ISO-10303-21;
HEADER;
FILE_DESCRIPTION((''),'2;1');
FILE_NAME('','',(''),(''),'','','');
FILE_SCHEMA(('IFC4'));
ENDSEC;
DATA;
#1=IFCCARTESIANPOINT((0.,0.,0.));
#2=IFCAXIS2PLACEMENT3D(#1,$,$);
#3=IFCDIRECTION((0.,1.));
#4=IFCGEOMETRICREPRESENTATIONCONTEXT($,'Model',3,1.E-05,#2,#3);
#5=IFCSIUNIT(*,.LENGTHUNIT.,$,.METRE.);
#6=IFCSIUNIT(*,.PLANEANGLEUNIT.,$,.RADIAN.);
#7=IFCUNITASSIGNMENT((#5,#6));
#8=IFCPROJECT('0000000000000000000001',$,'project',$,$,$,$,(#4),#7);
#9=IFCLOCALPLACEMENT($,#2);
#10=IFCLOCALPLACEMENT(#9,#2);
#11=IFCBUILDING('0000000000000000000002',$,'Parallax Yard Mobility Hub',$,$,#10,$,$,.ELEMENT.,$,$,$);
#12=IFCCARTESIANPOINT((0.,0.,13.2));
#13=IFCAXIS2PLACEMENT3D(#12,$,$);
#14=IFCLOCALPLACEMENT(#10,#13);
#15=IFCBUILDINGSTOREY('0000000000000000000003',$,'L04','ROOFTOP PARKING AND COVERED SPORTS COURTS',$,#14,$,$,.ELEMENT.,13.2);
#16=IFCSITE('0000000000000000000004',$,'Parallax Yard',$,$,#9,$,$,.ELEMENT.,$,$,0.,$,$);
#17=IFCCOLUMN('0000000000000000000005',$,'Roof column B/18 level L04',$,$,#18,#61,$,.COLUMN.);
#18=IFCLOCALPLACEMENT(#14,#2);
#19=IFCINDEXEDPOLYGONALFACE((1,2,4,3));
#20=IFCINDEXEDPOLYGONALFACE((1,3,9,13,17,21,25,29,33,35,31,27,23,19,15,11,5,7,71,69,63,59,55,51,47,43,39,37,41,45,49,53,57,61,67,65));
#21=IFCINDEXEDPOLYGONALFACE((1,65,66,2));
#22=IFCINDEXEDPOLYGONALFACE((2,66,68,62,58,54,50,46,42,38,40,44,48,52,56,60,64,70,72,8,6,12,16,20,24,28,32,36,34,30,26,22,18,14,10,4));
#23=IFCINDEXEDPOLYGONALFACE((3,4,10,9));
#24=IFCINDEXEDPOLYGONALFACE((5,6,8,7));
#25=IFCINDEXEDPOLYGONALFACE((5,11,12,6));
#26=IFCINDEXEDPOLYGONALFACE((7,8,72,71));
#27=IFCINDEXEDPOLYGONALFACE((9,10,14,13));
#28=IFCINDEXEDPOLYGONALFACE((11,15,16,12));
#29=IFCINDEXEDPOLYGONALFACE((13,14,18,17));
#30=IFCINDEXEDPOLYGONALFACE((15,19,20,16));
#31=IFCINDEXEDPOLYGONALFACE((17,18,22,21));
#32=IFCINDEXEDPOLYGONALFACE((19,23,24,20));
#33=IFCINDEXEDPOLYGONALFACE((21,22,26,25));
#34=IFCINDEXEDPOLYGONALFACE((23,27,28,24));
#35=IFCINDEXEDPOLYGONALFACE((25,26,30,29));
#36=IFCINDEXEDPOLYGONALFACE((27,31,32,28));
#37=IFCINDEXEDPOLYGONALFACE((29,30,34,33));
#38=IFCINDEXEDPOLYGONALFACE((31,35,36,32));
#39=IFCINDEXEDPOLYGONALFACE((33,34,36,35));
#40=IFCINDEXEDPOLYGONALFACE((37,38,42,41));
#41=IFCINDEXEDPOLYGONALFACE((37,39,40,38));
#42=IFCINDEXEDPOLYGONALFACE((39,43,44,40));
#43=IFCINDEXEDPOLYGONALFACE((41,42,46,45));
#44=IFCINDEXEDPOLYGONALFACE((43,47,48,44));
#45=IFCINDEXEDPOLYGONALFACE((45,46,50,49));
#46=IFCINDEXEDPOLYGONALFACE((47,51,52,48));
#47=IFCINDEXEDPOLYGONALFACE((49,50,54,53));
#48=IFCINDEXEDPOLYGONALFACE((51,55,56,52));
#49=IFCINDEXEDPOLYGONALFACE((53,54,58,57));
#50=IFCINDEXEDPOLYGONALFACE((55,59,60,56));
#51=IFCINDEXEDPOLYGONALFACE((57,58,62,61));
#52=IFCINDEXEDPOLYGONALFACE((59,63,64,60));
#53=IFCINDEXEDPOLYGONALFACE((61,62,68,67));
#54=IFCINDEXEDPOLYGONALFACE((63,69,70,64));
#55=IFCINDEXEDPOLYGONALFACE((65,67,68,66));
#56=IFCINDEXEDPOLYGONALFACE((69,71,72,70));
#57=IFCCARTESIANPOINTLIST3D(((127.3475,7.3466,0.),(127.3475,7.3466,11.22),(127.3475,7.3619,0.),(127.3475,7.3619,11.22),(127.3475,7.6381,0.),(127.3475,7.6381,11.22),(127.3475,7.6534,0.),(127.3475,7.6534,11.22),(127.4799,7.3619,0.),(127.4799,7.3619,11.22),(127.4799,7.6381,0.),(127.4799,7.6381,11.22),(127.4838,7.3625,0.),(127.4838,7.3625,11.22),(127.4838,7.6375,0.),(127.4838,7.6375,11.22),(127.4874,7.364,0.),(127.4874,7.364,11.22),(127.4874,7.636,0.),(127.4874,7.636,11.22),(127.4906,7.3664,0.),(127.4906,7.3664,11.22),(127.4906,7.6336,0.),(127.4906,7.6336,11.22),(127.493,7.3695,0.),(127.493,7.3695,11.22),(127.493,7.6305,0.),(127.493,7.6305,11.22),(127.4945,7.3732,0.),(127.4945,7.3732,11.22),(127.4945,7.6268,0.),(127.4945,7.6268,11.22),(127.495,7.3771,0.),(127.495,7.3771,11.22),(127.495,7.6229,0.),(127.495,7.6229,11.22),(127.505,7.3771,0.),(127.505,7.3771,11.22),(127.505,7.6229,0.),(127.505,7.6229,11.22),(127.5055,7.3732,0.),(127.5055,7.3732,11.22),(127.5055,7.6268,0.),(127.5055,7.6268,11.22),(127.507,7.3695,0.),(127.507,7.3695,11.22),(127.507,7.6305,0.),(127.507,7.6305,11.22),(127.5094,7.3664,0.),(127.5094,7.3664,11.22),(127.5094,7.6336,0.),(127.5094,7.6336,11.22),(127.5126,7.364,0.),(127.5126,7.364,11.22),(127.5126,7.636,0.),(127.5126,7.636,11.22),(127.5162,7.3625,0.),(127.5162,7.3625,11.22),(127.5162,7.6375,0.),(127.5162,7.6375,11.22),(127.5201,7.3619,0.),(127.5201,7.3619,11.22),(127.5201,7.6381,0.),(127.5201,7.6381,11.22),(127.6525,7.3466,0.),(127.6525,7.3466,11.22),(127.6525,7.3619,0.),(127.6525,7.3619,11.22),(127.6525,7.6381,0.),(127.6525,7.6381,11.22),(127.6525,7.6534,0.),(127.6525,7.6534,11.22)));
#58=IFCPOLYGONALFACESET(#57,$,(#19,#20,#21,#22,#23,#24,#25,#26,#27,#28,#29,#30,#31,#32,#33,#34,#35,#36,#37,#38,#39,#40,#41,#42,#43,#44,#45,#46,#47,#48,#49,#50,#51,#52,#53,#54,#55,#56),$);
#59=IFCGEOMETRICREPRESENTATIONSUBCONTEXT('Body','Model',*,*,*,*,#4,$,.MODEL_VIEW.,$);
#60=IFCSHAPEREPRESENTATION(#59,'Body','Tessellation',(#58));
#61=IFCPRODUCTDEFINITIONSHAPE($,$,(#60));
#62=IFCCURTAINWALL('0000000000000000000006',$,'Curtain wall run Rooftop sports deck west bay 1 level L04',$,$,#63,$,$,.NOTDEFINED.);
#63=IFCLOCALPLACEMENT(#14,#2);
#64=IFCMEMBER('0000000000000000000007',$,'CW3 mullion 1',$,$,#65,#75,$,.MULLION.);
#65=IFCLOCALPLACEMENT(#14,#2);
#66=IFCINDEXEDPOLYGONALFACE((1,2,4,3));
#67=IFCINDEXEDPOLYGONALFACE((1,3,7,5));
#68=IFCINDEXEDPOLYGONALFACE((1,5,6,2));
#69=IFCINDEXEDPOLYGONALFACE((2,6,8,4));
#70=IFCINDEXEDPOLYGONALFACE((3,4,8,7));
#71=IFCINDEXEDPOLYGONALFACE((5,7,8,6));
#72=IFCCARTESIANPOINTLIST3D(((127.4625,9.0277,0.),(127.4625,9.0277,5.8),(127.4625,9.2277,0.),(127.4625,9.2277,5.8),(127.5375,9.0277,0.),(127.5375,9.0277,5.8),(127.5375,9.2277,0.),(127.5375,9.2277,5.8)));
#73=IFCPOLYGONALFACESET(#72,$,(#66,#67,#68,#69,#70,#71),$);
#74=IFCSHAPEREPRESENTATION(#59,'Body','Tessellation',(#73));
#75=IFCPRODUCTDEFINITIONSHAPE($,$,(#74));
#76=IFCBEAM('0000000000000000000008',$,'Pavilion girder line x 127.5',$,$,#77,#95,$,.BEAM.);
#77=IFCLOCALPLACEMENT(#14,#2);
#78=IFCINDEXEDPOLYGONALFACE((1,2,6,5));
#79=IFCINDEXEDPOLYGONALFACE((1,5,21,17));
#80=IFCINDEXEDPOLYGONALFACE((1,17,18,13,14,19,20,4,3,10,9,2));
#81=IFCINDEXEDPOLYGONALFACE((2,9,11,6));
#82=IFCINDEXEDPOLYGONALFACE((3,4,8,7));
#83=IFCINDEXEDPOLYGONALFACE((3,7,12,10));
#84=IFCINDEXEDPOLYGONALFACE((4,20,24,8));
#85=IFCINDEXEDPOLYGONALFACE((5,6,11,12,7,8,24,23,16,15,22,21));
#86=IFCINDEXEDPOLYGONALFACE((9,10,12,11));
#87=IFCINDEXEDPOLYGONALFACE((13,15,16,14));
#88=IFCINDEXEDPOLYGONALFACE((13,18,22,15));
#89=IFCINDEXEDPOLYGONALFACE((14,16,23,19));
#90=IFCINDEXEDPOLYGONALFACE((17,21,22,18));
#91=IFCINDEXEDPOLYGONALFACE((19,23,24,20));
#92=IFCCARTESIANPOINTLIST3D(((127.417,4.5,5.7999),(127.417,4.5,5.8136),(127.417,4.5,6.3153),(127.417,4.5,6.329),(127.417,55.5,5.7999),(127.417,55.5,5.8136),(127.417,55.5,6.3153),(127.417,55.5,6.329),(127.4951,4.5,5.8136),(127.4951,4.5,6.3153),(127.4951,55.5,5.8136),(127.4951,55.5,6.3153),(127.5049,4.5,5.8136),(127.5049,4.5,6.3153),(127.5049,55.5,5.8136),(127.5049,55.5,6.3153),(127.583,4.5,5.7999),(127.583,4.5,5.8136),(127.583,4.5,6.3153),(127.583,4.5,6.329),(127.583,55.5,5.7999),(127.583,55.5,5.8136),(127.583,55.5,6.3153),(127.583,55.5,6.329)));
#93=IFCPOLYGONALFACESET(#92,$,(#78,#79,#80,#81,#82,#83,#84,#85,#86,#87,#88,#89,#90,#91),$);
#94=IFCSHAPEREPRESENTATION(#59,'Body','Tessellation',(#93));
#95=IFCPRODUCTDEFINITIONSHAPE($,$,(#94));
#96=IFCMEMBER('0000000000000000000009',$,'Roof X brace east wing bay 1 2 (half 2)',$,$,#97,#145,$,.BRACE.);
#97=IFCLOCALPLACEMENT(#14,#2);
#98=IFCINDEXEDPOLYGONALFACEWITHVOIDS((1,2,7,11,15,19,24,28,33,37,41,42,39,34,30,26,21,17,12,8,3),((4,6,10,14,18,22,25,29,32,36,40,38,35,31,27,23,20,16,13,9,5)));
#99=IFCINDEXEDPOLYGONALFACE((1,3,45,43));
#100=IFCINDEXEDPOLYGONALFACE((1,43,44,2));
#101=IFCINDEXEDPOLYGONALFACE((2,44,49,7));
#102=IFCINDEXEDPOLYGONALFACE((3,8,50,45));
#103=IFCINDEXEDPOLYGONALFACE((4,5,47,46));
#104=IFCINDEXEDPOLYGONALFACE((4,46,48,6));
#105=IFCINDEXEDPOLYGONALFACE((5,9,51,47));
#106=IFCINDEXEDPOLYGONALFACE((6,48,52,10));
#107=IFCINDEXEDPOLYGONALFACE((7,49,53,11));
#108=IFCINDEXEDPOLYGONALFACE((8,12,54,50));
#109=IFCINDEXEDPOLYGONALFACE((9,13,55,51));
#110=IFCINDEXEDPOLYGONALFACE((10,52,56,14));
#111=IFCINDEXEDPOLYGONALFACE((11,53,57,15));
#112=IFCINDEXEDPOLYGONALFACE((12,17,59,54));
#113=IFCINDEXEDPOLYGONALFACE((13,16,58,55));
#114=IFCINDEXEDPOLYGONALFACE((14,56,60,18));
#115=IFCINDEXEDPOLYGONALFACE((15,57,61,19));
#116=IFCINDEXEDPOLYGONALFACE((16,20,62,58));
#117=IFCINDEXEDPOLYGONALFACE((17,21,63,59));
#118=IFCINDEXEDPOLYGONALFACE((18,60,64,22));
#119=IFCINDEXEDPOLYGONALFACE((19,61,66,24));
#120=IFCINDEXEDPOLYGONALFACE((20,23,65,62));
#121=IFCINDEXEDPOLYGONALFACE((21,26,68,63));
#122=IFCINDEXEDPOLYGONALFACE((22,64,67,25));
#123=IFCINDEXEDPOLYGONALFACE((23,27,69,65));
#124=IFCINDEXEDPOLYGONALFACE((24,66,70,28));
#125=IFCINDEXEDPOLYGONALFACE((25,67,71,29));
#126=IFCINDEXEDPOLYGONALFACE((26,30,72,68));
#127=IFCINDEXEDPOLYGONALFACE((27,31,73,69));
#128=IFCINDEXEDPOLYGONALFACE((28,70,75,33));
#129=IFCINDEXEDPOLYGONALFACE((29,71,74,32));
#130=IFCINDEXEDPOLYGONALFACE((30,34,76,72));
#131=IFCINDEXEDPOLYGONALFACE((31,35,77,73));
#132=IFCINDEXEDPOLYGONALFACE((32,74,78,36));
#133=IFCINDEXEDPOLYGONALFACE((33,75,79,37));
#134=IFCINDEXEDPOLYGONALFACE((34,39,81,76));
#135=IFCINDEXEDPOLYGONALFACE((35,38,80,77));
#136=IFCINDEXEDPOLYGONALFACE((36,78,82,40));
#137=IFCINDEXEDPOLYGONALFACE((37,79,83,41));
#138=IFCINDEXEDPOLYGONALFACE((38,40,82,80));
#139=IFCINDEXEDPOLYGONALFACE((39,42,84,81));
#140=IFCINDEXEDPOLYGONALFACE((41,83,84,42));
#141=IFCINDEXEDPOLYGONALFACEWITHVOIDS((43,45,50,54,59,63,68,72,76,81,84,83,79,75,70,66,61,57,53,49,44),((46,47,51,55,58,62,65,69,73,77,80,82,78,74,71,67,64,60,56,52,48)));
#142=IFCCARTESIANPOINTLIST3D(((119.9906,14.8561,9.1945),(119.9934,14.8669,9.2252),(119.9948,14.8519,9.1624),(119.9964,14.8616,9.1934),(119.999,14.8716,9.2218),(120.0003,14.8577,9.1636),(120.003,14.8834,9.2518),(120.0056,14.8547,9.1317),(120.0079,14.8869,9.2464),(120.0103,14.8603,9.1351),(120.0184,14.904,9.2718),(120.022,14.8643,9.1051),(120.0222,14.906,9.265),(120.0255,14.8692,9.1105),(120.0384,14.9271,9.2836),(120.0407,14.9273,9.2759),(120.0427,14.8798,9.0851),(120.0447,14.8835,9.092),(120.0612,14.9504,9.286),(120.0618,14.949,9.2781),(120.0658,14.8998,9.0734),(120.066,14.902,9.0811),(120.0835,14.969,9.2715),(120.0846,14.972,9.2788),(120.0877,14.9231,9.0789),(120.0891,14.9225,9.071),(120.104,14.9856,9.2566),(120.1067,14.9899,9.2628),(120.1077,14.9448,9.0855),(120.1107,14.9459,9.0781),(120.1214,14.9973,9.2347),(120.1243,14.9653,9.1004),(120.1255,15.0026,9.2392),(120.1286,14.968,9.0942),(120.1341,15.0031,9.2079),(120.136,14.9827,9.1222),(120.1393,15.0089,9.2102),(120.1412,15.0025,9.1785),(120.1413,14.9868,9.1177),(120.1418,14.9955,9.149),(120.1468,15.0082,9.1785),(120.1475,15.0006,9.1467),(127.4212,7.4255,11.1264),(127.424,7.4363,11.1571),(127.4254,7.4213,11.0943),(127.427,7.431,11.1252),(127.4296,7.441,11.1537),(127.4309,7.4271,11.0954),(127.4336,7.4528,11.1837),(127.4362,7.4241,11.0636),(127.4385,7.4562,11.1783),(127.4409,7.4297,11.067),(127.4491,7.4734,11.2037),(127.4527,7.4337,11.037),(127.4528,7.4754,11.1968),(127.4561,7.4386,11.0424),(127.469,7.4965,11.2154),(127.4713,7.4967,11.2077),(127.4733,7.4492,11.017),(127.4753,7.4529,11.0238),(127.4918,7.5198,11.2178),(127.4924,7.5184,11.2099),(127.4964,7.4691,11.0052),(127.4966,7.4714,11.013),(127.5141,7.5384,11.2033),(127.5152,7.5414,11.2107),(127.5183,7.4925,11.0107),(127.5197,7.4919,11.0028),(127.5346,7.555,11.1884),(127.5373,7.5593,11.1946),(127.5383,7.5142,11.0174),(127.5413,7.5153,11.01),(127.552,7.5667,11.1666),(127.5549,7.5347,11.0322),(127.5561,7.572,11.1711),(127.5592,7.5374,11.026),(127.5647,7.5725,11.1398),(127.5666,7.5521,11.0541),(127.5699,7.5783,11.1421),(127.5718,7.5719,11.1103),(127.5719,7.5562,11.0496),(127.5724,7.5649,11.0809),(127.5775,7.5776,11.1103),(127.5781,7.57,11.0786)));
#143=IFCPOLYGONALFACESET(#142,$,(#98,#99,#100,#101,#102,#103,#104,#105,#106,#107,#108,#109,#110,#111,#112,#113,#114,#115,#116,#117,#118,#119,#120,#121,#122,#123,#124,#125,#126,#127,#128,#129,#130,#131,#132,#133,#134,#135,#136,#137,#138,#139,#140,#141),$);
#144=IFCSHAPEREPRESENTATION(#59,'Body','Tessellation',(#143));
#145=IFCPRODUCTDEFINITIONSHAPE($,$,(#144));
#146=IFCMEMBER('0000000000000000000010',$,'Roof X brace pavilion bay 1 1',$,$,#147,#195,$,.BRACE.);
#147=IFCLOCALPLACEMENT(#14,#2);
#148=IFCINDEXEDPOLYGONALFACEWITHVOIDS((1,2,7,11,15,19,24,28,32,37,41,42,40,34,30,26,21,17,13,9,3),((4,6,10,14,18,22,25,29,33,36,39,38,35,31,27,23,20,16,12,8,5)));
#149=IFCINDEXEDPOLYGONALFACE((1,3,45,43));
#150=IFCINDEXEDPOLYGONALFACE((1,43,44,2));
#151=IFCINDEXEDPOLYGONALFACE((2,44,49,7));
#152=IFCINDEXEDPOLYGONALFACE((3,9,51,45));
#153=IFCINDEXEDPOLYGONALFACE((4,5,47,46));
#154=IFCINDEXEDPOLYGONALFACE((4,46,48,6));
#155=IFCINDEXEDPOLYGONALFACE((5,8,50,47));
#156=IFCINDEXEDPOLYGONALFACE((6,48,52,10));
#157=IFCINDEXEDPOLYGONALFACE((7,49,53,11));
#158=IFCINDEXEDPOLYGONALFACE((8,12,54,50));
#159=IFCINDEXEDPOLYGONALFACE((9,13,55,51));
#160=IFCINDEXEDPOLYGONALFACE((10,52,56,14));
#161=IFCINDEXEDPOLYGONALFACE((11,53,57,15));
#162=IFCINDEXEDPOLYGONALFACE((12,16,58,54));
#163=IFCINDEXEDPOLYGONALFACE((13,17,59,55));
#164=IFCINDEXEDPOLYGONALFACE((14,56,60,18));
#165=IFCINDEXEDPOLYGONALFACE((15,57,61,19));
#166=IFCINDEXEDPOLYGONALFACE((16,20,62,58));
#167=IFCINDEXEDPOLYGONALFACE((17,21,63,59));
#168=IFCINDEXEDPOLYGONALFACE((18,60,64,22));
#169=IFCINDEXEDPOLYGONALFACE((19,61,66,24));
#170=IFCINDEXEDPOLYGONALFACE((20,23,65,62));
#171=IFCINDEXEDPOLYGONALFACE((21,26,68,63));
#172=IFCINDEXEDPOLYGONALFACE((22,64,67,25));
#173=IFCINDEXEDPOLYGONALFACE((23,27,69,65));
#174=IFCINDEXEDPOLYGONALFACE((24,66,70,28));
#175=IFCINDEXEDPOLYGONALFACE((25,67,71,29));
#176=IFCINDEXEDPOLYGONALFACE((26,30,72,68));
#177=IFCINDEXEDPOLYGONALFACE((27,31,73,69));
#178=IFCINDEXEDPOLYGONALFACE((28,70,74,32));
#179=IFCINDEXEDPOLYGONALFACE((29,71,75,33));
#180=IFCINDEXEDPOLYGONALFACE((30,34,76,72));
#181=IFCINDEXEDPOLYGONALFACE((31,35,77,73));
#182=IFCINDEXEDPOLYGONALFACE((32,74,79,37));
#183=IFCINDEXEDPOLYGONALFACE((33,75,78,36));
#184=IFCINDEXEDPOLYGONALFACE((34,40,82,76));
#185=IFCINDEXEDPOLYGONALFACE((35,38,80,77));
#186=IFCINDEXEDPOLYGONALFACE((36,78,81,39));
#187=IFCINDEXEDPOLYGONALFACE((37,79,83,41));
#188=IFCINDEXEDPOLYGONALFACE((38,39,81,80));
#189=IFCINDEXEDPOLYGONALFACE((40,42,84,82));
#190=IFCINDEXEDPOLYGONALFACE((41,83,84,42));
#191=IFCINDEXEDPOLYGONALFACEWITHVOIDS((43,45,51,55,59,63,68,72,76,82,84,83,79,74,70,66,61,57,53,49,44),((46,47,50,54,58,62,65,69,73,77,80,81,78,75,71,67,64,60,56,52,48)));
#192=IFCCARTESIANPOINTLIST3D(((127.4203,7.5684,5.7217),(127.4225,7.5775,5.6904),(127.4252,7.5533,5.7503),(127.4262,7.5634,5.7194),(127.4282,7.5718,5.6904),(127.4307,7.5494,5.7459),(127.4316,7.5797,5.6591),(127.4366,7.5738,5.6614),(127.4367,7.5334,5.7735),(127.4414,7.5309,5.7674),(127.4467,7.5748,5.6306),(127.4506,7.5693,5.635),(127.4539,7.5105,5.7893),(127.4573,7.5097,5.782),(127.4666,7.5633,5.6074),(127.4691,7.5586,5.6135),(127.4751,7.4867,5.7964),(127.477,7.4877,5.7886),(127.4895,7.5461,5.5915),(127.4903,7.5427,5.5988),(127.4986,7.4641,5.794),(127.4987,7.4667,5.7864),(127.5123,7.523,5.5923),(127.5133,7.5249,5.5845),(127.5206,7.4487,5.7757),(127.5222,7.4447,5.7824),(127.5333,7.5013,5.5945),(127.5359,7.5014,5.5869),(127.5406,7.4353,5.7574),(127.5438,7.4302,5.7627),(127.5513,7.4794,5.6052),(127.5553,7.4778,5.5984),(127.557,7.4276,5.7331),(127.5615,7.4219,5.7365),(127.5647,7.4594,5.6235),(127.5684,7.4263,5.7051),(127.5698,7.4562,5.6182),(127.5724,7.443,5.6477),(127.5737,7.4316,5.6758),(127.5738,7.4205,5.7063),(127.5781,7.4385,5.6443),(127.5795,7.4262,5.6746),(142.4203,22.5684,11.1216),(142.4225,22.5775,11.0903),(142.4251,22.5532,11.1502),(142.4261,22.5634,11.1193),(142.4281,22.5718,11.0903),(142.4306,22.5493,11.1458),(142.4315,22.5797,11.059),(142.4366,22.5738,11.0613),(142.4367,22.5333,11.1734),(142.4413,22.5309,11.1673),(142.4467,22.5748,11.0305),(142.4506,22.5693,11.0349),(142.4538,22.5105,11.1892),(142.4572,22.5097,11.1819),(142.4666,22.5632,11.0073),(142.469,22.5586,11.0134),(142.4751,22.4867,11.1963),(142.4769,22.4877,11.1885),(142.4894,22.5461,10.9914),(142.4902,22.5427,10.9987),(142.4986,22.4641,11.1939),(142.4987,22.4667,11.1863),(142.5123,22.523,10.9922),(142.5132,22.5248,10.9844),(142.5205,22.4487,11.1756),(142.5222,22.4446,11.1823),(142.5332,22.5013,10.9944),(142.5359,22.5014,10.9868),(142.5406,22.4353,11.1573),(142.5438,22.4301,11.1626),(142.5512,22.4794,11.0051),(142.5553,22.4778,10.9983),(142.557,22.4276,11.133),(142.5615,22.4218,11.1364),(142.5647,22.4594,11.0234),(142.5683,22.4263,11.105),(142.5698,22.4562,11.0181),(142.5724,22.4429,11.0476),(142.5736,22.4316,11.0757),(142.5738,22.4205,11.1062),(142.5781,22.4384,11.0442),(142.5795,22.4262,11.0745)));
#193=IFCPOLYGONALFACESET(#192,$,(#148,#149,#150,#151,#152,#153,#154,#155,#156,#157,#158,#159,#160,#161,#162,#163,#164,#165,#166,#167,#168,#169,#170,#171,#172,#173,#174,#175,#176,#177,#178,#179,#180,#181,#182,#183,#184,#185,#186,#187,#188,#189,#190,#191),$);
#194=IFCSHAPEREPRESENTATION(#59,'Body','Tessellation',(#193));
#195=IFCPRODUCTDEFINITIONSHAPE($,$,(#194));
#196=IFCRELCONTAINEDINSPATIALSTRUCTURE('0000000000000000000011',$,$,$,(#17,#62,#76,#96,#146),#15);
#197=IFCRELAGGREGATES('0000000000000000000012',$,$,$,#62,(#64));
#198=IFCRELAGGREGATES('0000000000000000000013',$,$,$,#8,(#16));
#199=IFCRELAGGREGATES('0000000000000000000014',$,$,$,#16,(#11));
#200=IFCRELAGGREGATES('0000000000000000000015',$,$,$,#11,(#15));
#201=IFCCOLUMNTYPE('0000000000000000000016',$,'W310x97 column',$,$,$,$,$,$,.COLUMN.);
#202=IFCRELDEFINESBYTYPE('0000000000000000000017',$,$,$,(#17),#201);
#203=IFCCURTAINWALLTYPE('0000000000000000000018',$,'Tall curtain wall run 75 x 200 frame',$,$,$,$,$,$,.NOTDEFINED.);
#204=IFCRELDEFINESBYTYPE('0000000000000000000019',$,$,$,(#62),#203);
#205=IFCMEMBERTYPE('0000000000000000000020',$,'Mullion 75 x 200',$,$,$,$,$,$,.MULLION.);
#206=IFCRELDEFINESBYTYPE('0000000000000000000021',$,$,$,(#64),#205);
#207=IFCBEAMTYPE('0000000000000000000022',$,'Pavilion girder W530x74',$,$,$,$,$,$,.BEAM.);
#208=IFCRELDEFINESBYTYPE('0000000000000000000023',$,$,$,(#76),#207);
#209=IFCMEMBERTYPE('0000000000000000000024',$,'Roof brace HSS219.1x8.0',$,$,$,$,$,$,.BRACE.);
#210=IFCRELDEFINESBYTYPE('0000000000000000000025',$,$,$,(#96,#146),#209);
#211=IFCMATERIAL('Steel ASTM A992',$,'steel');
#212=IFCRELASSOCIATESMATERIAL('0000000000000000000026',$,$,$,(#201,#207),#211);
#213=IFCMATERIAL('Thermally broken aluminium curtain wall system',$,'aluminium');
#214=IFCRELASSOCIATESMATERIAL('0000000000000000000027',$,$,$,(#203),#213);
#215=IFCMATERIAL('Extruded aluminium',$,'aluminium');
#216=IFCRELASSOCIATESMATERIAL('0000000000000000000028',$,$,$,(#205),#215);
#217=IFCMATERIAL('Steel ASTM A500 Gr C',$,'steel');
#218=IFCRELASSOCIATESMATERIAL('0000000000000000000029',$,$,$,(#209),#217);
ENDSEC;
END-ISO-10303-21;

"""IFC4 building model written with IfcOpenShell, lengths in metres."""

from ifc_helpers import new_model, si_unit, direction, frame, origin, origin_2d, place, context, subcontext, project, spatial, rectangle, hollow_circle, i_section, extrude, material, material_profile, profile_set, type_object, element, aggregate, save


model = new_model("IFC4")

# Units and contexts
model_context = context("Model", 3, precision=1e-05, world=origin(), true_north=direction((0.0, 1.0)))
body_context = subcontext(model_context, "Body", "Model", "MODEL_VIEW")
ifc_project = project(units=[si_unit("LENGTHUNIT", "METRE"), si_unit("PLANEANGLEUNIT", "RADIAN")], contexts=[model_context])

# Site, building, storey
site_placement = place(None, origin())
site = spatial("IfcSite", under=ifc_project, at=site_placement, Name="Parallax Yard", CompositionType="ELEMENT", RefElevation=0.0)
building_placement = place(site_placement, origin())
building = spatial("IfcBuilding", under=site, at=building_placement, Name="Parallax Yard Mobility Hub", CompositionType="ELEMENT")
storey_placement = place(building_placement, frame((0.0, 0.0, 13.2)))
storey = spatial("IfcBuildingStorey", under=building, at=storey_placement, Name="L04", Description="ROOFTOP PARKING AND COVERED SPORTS COURTS", CompositionType="ELEMENT", Elevation=13.2)

# Column
ifc_material_1 = material(Name="Steel ASTM A992", Category="steel")
ifc_material_profile_1 = material_profile(ifc_material_1, i_section(OverallWidth=0.3049, OverallDepth=0.3069, WebThickness=0.01, FlangeThickness=0.0154, FilletRadius=0.0151, at=origin_2d()), Name="W310x97")
ifc_profile_set_1 = profile_set([ifc_material_profile_1], Name="Steel ASTM A992")
column_type = type_object("IfcColumnType", Name="W310x97 column", PredefinedType="COLUMN", material=ifc_profile_set_1)
column_placement = place(storey_placement, frame((127.5, 7.5, 0.0), z_axis=(0.0, 0.0, 1.0), x_axis=(1.0, 0.0, 0.0)))
element("IfcColumn", 1, at=column_placement, inside=storey, type_object=column_type, Name="Roof column B/18 level L04", PredefinedType="COLUMN", context=body_context, shape_type="SweptSolid", body=[
    extrude(i_section(OverallWidth=0.3049, OverallDepth=0.3069, WebThickness=0.01, FlangeThickness=0.0154, FilletRadius=0.0151, at=origin_2d()), origin(), (0.0, 0.0, 1.0), 11.22),
])

# Curtain wall, member
ifc_material_2 = material(Name="Thermally broken aluminium curtain wall system", Category="aluminium")
curtain_wall_type = type_object("IfcCurtainWallType", Name="Tall curtain wall run 75 x 200 frame", PredefinedType="NOTDEFINED", material=ifc_material_2)
curtain_wall_placement = place(storey_placement, origin())
curtain_wall = element("IfcCurtainWall", 2, at=curtain_wall_placement, inside=storey, type_object=curtain_wall_type, Name="Curtain wall run Rooftop sports deck west bay 1 level L04", PredefinedType="NOTDEFINED")
ifc_material_3 = material(Name="Extruded aluminium", Category="aluminium")
ifc_material_profile_2 = material_profile(ifc_material_3, rectangle(XDim=0.075, YDim=0.2, at=origin_2d()), Name="Mullion 75 x 200")
ifc_profile_set_2 = profile_set([ifc_material_profile_2], Name="Extruded aluminium")
member_type_1 = type_object("IfcMemberType", Name="Mullion 75 x 200", PredefinedType="MULLION", material=ifc_profile_set_2)
member_1_placement = place(storey_placement, frame((127.5, 9.1277, 0.0), z_axis=(0.0, 0.0, 1.0), x_axis=(-1.0, 0.0, 0.0)))
member_1 = element("IfcMember", 3, at=member_1_placement, type_object=member_type_1, Name="CW3 mullion 1", PredefinedType="MULLION", context=body_context, shape_type="SweptSolid", body=[
    extrude(rectangle(XDim=0.075, YDim=0.2, at=origin_2d()), origin(), (0.0, 0.0, 1.0), 5.8),
])

# Beam
ifc_material_profile_3 = material_profile(ifc_material_1, i_section(OverallWidth=0.166, OverallDepth=0.5291, WebThickness=0.0098, FlangeThickness=0.0137, at=origin_2d()), Name="W530x74")
ifc_profile_set_3 = profile_set([ifc_material_profile_3], Name="Steel ASTM A992")
beam_type_1 = type_object("IfcBeamType", Name="Pavilion girder W530x74", PredefinedType="BEAM", material=ifc_profile_set_3)
beam_1_placement = place(storey_placement, frame((127.5, 4.5, 6.0645), z_axis=(0.0, 1.0, 0.0), x_axis=(-1.0, 0.0, 0.0)))
element("IfcBeam", 4, at=beam_1_placement, inside=storey, type_object=beam_type_1, Name="Pavilion girder line x 127.5", PredefinedType="BEAM", context=body_context, shape_type="SweptSolid", body=[
    extrude(i_section(OverallWidth=0.166, OverallDepth=0.5291, WebThickness=0.0098, FlangeThickness=0.0137, at=origin_2d()), origin(), (0.0, 0.0, 1.0), 51.0),
])

# Members
ifc_material_4 = material(Name="Steel ASTM A500 Gr C", Category="steel")
ifc_material_profile_4 = material_profile(ifc_material_4, hollow_circle(Radius=0.1096, WallThickness=0.0081, at=origin_2d()), Name="HSS219.1x8.0")
ifc_profile_set_4 = profile_set([ifc_material_profile_4], Name="Steel ASTM A500 Gr C")
member_type_2 = type_object("IfcMemberType", Name="Roof brace HSS219.1x8.0", PredefinedType="BRACE", material=ifc_profile_set_4)
member_2_placement = place(storey_placement, frame((120.0693, 14.9307, 9.1785), z_axis=(0.695452, -0.695452, 0.180809), x_axis=(0.707107, 0.707107, 0.0)))
element("IfcMember", 5, at=member_2_placement, inside=storey, type_object=member_type_2, Name="Roof X brace east wing bay 1 2 (half 2)", PredefinedType="BRACE", context=body_context, shape_type="SweptSolid", body=[
    extrude(hollow_circle(Radius=0.1096, WallThickness=0.0081, at=origin_2d()), origin(), (0.0, 0.0, 1.0), 10.6846),
])
member_3_placement = place(storey_placement, frame((127.5, 7.5, 5.6904), z_axis=(0.685254, 0.685254, 0.246687), x_axis=(-0.707107, 0.707107, 0.0)))
element("IfcMember", 6, at=member_3_placement, inside=storey, type_object=member_type_2, Name="Roof X brace pavilion bay 1 1", PredefinedType="BRACE", context=body_context, shape_type="SweptSolid", body=[
    extrude(hollow_circle(Radius=0.1096, WallThickness=0.0081, at=origin_2d()), origin(), (0.0, 0.0, 1.0), 21.8896),
])

aggregate(curtain_wall, [member_1])

save(model, "model.ifc")
